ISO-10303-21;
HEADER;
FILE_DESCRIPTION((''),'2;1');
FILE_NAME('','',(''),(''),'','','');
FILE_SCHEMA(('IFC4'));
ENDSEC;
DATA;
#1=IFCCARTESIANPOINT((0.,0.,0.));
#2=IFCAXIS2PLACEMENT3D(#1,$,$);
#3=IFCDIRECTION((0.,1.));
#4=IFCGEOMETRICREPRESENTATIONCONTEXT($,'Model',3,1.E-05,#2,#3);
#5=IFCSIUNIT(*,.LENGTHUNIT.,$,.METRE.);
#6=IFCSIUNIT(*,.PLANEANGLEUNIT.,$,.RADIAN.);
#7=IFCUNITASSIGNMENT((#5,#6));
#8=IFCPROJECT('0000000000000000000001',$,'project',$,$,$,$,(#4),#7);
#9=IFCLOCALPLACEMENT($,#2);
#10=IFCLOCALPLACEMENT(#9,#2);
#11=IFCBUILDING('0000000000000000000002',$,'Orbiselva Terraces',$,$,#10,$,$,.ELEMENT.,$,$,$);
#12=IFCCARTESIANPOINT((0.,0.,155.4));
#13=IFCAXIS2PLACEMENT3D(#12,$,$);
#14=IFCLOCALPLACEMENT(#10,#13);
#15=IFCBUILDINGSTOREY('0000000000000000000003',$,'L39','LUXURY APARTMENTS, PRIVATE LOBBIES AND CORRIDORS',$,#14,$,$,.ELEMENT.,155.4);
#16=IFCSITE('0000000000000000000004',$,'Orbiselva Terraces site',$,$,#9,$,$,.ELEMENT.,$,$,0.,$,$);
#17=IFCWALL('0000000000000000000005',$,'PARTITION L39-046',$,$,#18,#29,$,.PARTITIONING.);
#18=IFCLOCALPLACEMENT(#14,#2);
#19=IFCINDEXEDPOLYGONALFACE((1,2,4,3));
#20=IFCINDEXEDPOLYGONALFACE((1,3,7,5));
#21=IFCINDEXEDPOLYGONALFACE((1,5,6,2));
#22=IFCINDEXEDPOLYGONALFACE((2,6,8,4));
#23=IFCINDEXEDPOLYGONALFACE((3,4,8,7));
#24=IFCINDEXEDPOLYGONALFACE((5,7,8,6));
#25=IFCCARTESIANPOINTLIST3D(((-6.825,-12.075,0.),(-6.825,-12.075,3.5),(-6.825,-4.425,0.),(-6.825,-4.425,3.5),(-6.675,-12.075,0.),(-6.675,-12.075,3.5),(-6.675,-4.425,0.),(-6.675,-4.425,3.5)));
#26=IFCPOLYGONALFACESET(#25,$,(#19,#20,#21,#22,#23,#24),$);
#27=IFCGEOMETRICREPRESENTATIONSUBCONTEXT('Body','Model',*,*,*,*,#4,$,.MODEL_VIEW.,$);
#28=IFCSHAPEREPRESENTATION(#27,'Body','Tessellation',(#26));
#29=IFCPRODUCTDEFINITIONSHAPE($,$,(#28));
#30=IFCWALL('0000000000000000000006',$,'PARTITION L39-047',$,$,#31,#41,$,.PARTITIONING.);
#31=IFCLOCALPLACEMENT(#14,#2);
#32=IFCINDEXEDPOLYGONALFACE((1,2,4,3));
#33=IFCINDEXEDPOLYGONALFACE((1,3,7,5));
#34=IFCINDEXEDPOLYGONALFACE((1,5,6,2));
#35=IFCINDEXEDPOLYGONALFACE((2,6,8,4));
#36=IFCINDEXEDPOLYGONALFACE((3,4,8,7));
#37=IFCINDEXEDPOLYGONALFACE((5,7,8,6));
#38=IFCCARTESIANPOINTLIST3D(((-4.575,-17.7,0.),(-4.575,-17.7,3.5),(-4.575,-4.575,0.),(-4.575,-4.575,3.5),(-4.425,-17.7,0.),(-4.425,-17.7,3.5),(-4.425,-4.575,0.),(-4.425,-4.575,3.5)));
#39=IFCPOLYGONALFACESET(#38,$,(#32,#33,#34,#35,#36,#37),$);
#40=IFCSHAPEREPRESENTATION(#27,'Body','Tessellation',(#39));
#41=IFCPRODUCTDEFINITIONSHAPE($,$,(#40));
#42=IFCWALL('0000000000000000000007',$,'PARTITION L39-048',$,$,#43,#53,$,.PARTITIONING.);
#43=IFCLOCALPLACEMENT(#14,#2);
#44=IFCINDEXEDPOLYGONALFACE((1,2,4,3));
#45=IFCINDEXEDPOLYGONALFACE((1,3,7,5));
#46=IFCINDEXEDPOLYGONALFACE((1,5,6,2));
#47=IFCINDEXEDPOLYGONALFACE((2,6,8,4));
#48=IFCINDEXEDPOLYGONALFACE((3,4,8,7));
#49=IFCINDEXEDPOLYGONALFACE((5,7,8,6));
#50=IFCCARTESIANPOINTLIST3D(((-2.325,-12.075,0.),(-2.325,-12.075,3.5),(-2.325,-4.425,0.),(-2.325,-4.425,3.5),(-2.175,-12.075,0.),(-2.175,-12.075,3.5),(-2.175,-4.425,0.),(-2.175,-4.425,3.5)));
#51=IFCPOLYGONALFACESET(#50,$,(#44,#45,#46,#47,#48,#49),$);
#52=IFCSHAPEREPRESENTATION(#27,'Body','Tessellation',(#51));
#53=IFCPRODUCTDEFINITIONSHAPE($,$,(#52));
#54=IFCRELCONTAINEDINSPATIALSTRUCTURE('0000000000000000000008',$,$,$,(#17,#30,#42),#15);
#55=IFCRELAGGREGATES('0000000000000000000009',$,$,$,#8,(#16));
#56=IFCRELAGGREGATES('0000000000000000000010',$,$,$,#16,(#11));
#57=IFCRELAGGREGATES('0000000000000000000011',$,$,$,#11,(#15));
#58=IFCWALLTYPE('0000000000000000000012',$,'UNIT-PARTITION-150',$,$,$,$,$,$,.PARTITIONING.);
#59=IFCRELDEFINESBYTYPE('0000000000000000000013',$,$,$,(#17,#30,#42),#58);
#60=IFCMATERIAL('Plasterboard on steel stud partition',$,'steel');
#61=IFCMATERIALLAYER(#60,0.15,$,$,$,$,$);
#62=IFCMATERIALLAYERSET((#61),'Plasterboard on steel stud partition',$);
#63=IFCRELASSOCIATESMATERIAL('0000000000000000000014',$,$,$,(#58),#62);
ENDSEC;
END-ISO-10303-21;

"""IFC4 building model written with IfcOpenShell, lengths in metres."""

from ifc_helpers import new_model, si_unit, direction, frame, frame_2d, origin, place, context, subcontext, project, spatial, rectangle, extrude, material, layer, layer_set, type_object, element, save


model = new_model("IFC4")

# Units and contexts
model_context = context("Model", 3, precision=1e-05, world=origin(), true_north=direction((0.0, 1.0)))
body_context = subcontext(model_context, "Body", "Model", "MODEL_VIEW")
ifc_project = project(units=[si_unit("LENGTHUNIT", "METRE"), si_unit("PLANEANGLEUNIT", "RADIAN")], contexts=[model_context])

# Site, building, storey
site_placement = place(None, origin())
site = spatial("IfcSite", under=ifc_project, at=site_placement, Name="Orbiselva Terraces site", CompositionType="ELEMENT", RefElevation=0.0)
building_placement = place(site_placement, origin())
building = spatial("IfcBuilding", under=site, at=building_placement, Name="Orbiselva Terraces", CompositionType="ELEMENT")
storey_placement = place(building_placement, frame((0.0, 0.0, 155.4)))
storey = spatial("IfcBuildingStorey", under=building, at=storey_placement, Name="L39", Description="LUXURY APARTMENTS, PRIVATE LOBBIES AND CORRIDORS", CompositionType="ELEMENT", Elevation=155.4)

# Shared definitions
ifc_material_1 = material(Name="Plasterboard on steel stud partition", Category="steel")
ifc_layer_1 = layer(ifc_material_1, 0.15)
ifc_layer_set_1 = layer_set([ifc_layer_1], Name="Plasterboard on steel stud partition")
wall_type_1 = type_object("IfcWallType", Name="UNIT-PARTITION-150", PredefinedType="PARTITIONING", material=ifc_layer_set_1)

# Walls
wall_1_placement = place(storey_placement, frame((-6.75, -12.075, 0.0), z_axis=(0.0, 0.0, 1.0), x_axis=(0.0, 1.0, 0.0)))
element("IfcWall", 1, at=wall_1_placement, inside=storey, type_object=wall_type_1, Name="PARTITION L39-046", PredefinedType="PARTITIONING", context=body_context, shape_type="SweptSolid", body=[
    extrude(rectangle(XDim=7.65, YDim=0.15, at=frame_2d((3.825, 0.0))), origin(), (0.0, 0.0, 1.0), 3.5),
])
wall_2_placement = place(storey_placement, frame((-4.5, -17.7, 0.0), z_axis=(0.0, 0.0, 1.0), x_axis=(0.0, 1.0, 0.0)))
element("IfcWall", 2, at=wall_2_placement, inside=storey, type_object=wall_type_1, Name="PARTITION L39-047", PredefinedType="PARTITIONING", context=body_context, shape_type="SweptSolid", body=[
    extrude(rectangle(XDim=13.125, YDim=0.15, at=frame_2d((6.5625, 0.0))), origin(), (0.0, 0.0, 1.0), 3.5),
])
wall_3_placement = place(storey_placement, frame((-2.25, -12.075, 0.0), z_axis=(0.0, 0.0, 1.0), x_axis=(0.0, 1.0, 0.0)))
element("IfcWall", 3, at=wall_3_placement, inside=storey, type_object=wall_type_1, Name="PARTITION L39-048", PredefinedType="PARTITIONING", context=body_context, shape_type="SweptSolid", body=[
    extrude(rectangle(XDim=7.65, YDim=0.15, at=frame_2d((3.825, 0.0))), origin(), (0.0, 0.0, 1.0), 3.5),
])

save(model, "model.ifc")
